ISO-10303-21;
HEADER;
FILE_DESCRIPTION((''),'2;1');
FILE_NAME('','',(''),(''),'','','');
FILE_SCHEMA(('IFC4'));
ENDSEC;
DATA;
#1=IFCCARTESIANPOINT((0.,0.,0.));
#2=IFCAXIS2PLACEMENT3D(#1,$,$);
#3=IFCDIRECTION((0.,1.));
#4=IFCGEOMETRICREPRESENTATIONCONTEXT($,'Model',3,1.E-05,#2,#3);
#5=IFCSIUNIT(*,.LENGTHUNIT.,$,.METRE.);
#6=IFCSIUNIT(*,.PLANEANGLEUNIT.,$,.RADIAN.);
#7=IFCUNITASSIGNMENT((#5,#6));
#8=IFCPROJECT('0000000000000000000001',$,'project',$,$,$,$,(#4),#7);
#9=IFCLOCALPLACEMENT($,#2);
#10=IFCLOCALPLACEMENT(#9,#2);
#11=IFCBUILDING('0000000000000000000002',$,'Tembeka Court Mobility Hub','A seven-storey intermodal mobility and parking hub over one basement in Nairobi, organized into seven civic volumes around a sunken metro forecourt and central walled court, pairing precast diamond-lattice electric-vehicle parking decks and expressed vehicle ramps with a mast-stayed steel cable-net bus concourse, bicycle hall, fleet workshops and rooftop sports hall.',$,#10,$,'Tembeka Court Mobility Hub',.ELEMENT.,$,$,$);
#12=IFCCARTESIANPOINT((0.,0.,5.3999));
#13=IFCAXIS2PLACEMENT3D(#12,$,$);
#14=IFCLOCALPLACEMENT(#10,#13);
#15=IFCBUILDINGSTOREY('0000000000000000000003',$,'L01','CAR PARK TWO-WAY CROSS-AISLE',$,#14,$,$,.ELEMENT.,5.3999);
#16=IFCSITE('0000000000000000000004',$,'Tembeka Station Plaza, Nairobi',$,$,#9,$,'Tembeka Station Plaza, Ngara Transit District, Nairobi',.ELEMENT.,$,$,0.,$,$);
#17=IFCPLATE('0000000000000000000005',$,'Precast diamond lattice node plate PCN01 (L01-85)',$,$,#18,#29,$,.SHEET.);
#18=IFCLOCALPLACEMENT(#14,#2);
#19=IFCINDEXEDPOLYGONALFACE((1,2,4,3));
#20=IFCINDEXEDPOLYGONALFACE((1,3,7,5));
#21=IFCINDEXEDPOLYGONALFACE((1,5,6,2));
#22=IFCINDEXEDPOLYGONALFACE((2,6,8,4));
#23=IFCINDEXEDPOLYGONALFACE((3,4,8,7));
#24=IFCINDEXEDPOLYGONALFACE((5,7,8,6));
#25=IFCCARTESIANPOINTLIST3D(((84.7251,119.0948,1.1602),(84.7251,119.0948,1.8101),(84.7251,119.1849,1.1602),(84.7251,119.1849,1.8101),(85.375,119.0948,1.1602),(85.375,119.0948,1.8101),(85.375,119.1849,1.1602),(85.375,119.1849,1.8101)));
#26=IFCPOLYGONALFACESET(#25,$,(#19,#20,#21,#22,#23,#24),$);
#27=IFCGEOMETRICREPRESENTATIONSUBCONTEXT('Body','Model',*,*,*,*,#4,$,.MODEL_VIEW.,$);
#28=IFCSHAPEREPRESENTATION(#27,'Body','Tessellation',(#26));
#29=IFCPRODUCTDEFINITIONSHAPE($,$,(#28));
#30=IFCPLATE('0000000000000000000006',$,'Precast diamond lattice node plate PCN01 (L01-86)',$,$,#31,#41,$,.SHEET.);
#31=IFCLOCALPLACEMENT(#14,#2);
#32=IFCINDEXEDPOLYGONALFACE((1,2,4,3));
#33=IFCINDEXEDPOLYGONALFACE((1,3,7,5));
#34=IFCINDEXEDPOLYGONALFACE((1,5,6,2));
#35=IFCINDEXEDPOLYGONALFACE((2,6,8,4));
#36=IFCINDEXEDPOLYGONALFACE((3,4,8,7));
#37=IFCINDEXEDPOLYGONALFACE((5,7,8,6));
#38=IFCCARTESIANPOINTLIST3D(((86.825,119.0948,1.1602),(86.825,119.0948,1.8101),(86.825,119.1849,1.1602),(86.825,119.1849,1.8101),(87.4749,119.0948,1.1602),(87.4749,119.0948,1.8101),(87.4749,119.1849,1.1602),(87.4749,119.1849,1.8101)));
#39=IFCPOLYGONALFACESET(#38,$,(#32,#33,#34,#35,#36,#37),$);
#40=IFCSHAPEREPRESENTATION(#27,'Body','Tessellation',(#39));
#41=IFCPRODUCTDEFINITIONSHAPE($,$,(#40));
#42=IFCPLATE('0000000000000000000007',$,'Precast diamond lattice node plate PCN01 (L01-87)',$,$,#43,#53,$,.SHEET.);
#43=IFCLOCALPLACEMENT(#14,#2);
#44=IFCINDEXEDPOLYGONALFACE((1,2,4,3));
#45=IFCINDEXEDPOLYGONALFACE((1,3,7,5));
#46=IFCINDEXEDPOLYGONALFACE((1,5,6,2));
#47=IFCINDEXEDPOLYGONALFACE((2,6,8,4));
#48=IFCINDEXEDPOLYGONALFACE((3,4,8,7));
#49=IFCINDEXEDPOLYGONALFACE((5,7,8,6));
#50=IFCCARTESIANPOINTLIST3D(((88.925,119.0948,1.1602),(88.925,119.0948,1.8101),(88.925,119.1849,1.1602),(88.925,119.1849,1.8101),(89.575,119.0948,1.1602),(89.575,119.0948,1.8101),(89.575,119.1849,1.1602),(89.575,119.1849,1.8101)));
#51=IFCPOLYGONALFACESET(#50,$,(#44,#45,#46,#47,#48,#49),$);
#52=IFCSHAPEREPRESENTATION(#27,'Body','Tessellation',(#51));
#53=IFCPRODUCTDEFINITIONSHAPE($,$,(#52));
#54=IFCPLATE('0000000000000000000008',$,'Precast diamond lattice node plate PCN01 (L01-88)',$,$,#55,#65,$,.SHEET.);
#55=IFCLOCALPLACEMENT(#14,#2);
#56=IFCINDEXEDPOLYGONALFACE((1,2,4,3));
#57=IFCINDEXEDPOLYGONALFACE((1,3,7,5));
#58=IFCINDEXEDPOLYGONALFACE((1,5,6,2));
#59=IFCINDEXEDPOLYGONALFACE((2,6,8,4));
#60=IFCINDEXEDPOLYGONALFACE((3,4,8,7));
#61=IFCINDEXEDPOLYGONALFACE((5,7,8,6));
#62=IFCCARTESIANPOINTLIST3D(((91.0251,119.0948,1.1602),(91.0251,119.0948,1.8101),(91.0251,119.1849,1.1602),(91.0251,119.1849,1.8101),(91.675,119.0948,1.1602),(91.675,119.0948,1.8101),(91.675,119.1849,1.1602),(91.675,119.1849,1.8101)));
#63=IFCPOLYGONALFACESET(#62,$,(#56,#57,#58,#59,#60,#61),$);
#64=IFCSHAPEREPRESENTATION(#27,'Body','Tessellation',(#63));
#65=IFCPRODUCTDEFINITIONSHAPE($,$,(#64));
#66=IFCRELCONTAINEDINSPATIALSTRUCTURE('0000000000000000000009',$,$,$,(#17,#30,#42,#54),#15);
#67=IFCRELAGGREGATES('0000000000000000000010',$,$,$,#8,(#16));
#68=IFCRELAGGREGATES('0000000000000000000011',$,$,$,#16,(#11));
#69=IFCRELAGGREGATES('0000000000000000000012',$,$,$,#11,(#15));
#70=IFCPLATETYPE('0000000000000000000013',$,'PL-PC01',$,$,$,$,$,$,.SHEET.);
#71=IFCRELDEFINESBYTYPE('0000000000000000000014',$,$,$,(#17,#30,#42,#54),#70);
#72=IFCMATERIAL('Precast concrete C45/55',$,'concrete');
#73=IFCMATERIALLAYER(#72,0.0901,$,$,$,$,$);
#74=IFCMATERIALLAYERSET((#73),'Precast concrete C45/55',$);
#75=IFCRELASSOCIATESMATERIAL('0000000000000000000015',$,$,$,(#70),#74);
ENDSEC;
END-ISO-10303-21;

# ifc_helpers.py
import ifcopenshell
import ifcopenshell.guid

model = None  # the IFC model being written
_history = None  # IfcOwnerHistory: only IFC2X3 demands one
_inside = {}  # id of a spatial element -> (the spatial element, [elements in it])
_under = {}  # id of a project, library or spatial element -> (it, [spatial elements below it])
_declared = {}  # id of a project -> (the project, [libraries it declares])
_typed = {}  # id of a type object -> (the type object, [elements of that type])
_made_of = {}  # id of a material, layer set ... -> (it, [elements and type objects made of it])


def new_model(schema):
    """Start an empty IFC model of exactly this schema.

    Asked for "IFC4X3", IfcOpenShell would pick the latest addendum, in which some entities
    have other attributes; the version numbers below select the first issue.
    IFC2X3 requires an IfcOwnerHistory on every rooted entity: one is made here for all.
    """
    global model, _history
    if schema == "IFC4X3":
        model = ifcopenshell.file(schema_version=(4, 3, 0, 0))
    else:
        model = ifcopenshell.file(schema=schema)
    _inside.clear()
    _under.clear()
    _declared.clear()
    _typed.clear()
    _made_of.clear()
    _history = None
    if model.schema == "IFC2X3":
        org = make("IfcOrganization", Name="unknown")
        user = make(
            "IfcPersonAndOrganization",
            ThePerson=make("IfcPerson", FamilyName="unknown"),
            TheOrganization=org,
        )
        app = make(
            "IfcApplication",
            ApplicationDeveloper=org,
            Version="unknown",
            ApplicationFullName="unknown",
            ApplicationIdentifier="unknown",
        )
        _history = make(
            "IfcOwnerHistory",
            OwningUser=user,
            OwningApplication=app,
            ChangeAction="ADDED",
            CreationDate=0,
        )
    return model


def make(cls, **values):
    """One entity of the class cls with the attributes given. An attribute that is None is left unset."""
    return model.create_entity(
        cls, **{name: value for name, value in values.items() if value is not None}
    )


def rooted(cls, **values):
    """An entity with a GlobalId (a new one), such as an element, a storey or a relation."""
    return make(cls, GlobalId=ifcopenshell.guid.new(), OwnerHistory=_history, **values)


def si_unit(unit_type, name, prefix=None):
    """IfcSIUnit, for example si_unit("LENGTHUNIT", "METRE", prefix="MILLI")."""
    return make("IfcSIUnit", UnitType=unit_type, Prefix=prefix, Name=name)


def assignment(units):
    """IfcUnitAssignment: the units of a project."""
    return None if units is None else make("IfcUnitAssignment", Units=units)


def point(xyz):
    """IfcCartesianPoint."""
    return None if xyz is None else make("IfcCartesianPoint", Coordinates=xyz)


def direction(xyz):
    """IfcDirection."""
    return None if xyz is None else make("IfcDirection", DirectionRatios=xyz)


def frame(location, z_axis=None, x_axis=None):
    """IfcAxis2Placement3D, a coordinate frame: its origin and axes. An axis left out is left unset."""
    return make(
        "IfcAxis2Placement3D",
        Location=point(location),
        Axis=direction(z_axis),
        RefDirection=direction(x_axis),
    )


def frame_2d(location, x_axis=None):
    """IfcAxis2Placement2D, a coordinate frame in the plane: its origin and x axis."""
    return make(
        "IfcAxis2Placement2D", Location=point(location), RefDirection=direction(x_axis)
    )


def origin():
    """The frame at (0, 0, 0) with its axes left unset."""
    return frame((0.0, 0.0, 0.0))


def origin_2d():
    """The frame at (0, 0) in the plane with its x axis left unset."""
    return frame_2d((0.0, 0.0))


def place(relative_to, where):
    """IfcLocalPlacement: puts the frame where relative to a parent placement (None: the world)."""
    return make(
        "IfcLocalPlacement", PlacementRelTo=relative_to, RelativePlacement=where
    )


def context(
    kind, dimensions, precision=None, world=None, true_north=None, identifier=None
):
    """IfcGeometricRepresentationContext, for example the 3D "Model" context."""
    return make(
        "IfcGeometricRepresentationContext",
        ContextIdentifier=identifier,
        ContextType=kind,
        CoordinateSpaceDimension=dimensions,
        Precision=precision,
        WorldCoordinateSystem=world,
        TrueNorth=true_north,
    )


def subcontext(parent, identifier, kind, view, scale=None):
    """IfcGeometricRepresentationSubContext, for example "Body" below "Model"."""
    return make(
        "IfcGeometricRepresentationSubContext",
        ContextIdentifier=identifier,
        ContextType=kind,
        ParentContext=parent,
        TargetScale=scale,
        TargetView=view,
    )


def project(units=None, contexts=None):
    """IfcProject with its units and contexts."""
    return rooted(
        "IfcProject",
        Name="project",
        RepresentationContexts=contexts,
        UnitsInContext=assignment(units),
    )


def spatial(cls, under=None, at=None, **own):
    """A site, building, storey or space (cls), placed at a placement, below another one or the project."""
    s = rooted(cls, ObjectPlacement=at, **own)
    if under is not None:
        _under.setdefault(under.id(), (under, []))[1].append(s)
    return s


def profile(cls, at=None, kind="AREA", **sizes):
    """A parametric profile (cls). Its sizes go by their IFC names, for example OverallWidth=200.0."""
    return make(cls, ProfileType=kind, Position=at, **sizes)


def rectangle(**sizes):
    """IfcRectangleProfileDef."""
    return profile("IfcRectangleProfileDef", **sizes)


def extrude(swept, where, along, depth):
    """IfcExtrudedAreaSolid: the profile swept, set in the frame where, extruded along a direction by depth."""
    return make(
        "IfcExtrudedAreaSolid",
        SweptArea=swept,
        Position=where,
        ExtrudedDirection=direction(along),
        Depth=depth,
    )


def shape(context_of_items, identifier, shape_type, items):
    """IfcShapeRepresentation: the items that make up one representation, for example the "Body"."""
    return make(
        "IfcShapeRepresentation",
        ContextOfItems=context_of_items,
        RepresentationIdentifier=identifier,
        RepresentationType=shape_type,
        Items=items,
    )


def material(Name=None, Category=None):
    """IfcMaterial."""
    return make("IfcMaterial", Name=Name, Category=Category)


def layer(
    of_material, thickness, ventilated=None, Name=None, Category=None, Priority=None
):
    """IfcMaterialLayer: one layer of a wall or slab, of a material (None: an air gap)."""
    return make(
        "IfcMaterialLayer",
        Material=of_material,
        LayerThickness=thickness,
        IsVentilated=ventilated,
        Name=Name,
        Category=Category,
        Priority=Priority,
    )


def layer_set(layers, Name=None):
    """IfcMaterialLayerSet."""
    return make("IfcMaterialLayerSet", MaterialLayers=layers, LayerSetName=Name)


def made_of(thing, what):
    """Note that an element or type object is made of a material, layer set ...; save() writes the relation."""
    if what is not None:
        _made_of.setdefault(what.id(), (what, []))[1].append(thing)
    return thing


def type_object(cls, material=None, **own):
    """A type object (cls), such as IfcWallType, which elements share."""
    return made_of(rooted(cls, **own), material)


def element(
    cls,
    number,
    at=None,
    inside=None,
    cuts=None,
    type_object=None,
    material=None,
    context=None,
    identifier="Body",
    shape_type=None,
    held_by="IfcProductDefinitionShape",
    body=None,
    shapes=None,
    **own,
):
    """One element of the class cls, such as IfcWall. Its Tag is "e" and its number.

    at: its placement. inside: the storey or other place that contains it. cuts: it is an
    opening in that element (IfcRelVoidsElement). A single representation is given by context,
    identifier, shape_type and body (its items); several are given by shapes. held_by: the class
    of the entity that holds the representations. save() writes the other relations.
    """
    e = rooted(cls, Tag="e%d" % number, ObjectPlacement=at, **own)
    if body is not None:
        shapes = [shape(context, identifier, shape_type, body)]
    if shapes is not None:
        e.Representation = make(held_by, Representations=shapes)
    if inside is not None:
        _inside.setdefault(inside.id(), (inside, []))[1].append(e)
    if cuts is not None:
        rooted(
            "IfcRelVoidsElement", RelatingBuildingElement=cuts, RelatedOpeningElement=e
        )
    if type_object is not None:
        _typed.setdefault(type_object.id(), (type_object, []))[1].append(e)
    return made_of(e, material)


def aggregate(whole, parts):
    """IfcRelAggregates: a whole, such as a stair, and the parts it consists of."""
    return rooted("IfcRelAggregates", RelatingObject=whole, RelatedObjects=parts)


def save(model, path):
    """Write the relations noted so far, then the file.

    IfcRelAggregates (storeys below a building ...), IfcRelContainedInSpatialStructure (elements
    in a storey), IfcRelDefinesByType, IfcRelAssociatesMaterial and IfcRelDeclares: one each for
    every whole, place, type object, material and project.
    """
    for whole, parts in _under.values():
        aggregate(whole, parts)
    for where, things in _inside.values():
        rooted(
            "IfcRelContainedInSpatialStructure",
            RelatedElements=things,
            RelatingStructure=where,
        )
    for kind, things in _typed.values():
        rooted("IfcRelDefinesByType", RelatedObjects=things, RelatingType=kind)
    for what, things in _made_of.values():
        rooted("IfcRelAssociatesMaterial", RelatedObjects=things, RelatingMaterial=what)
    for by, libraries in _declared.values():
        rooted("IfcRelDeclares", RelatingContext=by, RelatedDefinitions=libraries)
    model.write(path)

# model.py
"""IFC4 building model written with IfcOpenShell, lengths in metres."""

from ifc_helpers import new_model, si_unit, direction, frame, origin, origin_2d, place, context, subcontext, project, spatial, rectangle, extrude, material, layer, layer_set, type_object, element, save


model = new_model("IFC4")

# Units and contexts
model_context = context("Model", 3, precision=1e-05, world=origin(), true_north=direction((0.0, 1.0)))
body_context = subcontext(model_context, "Body", "Model", "MODEL_VIEW")
ifc_project = project(units=[si_unit("LENGTHUNIT", "METRE"), si_unit("PLANEANGLEUNIT", "RADIAN")], contexts=[model_context])

# Site, building, storey
site_placement = place(None, origin())
site = spatial("IfcSite", under=ifc_project, at=site_placement, Name="Tembeka Station Plaza, Nairobi", LongName="Tembeka Station Plaza, Ngara Transit District, Nairobi", CompositionType="ELEMENT", RefElevation=0.0)
building_placement = place(site_placement, origin())
building = spatial("IfcBuilding", under=site, at=building_placement, Name="Tembeka Court Mobility Hub", Description="A seven-storey intermodal mobility and parking hub over one basement in Nairobi, organized into seven civic volumes around a sunken metro forecourt and central walled court, pairing precast diamond-lattice electric-vehicle parking decks and expressed vehicle ramps with a mast-stayed steel cable-net bus concourse, bicycle hall, fleet workshops and rooftop sports hall.", LongName="Tembeka Court Mobility Hub", CompositionType="ELEMENT")
storey_placement = place(building_placement, frame((0.0, 0.0, 5.3999)))
storey = spatial("IfcBuildingStorey", under=building, at=storey_placement, Name="L01", Description="CAR PARK TWO-WAY CROSS-AISLE", CompositionType="ELEMENT", Elevation=5.3999)

# Shared definitions
ifc_material_1 = material(Name="Precast concrete C45/55", Category="concrete")

# Plates
ifc_layer = layer(ifc_material_1, 0.0901)
ifc_layer_set = layer_set([ifc_layer], Name="Precast concrete C45/55")
plate_type = type_object("IfcPlateType", Name="PL-PC01", PredefinedType="SHEET", material=ifc_layer_set)
for number, where, z_axis, x_axis, name in (
    (1, (85.05, 119.1399, 1.1602), (0.0, 0.0, 1.0), (1.0, 0.0, 0.0), "Precast diamond lattice node plate PCN01 (L01-85)"),
    (2, (87.1499, 119.1399, 1.1602), (0.0, 0.0, 1.0), (1.0, 0.0, 0.0), "Precast diamond lattice node plate PCN01 (L01-86)"),
    (3, (89.25, 119.1399, 1.1602), (0.0, 0.0, 1.0), (1.0, 0.0, 0.0), "Precast diamond lattice node plate PCN01 (L01-87)"),
    (4, (91.3501, 119.1399, 1.1602), (0.0, 0.0, 1.0), (1.0, 0.0, 0.0), "Precast diamond lattice node plate PCN01 (L01-88)"),
):
    element("IfcPlate", number, at=place(storey_placement, frame(where, z_axis=z_axis, x_axis=x_axis)), inside=storey, type_object=plate_type, Name=name, PredefinedType="SHEET", context=body_context, shape_type="SweptSolid", body=[
        extrude(rectangle(XDim=0.6499, YDim=0.0901, at=origin_2d()), origin(), (0.0, 0.0, 1.0), 0.6499),
    ])

save(model, "model.ifc")
